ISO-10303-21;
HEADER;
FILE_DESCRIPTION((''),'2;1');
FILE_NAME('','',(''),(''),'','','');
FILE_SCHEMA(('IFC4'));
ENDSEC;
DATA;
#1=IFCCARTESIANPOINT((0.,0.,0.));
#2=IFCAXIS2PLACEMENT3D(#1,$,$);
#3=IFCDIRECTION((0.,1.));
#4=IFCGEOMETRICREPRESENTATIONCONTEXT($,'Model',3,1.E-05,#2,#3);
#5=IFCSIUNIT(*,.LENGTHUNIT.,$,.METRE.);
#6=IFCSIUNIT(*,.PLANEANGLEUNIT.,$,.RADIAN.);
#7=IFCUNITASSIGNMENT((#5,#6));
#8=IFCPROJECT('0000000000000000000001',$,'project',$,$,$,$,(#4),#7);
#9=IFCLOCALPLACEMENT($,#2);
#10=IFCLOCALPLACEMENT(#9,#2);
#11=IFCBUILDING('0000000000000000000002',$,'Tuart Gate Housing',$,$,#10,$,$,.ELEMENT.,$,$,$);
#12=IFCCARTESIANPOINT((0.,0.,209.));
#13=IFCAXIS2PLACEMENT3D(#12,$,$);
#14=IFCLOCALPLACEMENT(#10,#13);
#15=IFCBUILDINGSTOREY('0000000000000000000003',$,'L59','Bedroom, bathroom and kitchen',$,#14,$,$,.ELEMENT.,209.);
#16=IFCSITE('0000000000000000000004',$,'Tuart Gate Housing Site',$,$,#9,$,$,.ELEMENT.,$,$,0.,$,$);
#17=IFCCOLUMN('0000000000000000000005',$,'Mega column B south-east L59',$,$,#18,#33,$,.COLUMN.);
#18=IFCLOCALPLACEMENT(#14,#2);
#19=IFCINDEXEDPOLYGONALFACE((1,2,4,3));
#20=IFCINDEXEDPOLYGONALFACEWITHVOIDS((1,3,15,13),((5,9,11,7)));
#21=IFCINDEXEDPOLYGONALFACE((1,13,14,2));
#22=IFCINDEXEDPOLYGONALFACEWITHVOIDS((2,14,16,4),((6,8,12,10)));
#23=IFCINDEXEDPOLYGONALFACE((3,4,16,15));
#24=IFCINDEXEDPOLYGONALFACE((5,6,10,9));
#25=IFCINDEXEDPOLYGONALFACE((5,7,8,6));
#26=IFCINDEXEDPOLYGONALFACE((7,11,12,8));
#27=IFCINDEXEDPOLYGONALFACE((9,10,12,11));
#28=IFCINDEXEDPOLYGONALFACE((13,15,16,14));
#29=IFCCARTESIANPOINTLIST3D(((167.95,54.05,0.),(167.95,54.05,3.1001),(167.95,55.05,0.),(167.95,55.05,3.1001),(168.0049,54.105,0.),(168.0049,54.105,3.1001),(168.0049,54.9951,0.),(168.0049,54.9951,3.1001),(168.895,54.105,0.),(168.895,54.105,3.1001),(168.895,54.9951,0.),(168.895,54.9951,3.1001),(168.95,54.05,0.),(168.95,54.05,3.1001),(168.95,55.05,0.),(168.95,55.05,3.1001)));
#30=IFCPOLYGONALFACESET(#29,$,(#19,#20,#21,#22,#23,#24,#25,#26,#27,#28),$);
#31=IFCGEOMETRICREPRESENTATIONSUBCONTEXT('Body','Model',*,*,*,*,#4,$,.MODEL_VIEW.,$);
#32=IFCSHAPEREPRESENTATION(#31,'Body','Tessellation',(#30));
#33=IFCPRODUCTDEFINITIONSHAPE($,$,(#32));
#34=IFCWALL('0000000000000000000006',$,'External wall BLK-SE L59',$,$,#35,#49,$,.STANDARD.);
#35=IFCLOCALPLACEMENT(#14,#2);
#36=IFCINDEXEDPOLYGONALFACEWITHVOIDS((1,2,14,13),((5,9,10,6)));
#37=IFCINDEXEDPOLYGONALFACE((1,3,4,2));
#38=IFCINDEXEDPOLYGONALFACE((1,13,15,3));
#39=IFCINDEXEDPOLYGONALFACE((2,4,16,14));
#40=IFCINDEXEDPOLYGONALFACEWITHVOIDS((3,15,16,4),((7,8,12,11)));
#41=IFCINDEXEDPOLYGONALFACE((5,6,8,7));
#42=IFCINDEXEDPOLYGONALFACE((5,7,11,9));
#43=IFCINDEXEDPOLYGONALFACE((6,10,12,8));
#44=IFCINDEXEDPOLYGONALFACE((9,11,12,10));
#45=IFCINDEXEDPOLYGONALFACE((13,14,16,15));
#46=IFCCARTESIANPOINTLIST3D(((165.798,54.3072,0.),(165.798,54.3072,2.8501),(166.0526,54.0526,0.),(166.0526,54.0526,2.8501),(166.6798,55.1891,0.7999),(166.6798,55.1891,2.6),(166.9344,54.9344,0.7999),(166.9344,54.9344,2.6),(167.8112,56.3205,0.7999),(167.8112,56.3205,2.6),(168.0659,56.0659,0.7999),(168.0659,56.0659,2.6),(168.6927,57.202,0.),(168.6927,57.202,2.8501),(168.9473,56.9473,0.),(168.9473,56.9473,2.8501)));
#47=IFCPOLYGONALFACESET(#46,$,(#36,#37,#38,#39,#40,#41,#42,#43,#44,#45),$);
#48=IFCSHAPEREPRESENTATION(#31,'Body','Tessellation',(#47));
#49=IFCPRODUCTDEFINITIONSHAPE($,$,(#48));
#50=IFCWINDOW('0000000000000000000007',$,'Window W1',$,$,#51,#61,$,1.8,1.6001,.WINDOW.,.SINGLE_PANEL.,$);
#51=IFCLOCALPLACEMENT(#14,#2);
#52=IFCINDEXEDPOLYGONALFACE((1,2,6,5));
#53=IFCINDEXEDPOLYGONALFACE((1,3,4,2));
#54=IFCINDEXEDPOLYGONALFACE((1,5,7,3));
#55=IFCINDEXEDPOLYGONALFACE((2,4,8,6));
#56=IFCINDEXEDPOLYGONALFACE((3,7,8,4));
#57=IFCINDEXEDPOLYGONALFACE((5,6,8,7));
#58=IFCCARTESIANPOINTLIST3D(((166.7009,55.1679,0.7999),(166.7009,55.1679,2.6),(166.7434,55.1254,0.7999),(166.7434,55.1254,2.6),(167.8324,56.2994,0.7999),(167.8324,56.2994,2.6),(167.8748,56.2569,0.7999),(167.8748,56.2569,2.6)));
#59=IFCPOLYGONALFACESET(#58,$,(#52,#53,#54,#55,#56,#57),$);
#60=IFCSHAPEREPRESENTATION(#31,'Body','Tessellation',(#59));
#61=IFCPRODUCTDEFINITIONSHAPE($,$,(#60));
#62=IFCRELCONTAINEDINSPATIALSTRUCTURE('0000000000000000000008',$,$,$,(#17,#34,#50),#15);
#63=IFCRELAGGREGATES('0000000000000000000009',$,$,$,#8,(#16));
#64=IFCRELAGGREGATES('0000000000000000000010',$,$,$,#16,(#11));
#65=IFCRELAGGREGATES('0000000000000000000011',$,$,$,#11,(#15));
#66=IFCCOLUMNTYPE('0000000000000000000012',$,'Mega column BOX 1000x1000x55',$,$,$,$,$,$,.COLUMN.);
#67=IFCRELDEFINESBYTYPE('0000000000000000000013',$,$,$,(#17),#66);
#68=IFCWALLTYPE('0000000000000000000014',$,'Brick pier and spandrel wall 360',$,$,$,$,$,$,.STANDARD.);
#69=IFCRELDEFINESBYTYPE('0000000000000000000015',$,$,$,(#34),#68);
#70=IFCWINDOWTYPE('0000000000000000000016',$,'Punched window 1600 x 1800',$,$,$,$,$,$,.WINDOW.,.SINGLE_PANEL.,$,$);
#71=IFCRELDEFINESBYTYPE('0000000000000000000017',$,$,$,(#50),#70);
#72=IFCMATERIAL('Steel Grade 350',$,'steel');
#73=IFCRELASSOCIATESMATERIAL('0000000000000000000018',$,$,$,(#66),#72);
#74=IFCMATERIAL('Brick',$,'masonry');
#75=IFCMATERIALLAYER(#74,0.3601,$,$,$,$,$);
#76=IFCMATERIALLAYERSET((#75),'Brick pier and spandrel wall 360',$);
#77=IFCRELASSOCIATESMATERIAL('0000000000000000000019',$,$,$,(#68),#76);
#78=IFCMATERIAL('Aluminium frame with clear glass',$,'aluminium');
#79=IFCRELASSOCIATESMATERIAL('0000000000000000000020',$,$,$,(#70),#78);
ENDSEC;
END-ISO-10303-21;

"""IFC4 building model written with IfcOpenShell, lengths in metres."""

from ifc_helpers import new_model, si_unit, direction, frame, frame_2d, origin, origin_2d, place, context, subcontext, project, spatial, rectangle, hollow_rectangle, extrude, material, layer, layer_set, material_profile, profile_set, type_object, element, fill, save


model = new_model("IFC4")

# Units and contexts
model_context = context("Model", 3, precision=1e-05, world=origin(), true_north=direction((0.0, 1.0)))
body_context = subcontext(model_context, "Body", "Model", "MODEL_VIEW")
ifc_project = project(units=[si_unit("LENGTHUNIT", "METRE"), si_unit("PLANEANGLEUNIT", "RADIAN")], contexts=[model_context])

# Site, building, storey
site_placement = place(None, origin())
site = spatial("IfcSite", under=ifc_project, at=site_placement, Name="Tuart Gate Housing Site", CompositionType="ELEMENT", RefElevation=0.0)
building_placement = place(site_placement, origin())
building = spatial("IfcBuilding", under=site, at=building_placement, Name="Tuart Gate Housing", CompositionType="ELEMENT")
storey_placement = place(building_placement, frame((0.0, 0.0, 209.0)))
storey = spatial("IfcBuildingStorey", under=building, at=storey_placement, Name="L59", Description="Bedroom, bathroom and kitchen", CompositionType="ELEMENT", Elevation=209.0)

# Column
ifc_material_1 = material(Name="Steel Grade 350", Category="steel")
ifc_material_profile = material_profile(ifc_material_1, hollow_rectangle(XDim=1.0, YDim=1.0, WallThickness=0.0549, at=origin_2d()), Name="BOX 1000x1000x55")
ifc_profile_set = profile_set([ifc_material_profile], Name="Steel Grade 350")
column_type = type_object("IfcColumnType", Name="Mega column BOX 1000x1000x55", PredefinedType="COLUMN", material=ifc_profile_set)
column_placement = place(storey_placement, frame((168.45, 54.55, 0.0), z_axis=(0.0, 0.0, 1.0), x_axis=(1.0, 0.0, 0.0)))
element("IfcColumn", 1, at=column_placement, inside=storey, type_object=column_type, Name="Mega column B south-east L59", PredefinedType="COLUMN", context=body_context, shape_type="SweptSolid", body=[
    extrude(hollow_rectangle(XDim=1.0, YDim=1.0, WallThickness=0.0549, at=origin_2d()), origin(), (0.0, 0.0, 1.0), 3.1001),
])

# Wall, opening, window
ifc_material_2 = material(Name="Brick", Category="masonry")
ifc_layer_1 = layer(ifc_material_2, 0.3601)
ifc_layer_set_1 = layer_set([ifc_layer_1], Name="Brick pier and spandrel wall 360")
wall_type_1 = type_object("IfcWallType", Name="Brick pier and spandrel wall 360", PredefinedType="STANDARD", material=ifc_layer_set_1)
wall_1_placement = place(storey_placement, frame((165.9253, 54.1799, 0.0), z_axis=(0.0, 0.0, 1.0), x_axis=(0.707107, 0.707107, 0.0)))
wall_1 = element("IfcWall", 2, at=wall_1_placement, inside=storey, type_object=wall_type_1, Name="External wall BLK-SE L59", PredefinedType="STANDARD", context=body_context, shape_type="SweptSolid", body=[
    extrude(rectangle(XDim=4.0938, YDim=0.3601, at=frame_2d((2.0469, 0.0))), origin(), (0.0, 0.0, 1.0), 2.8501),
])
opening_1_placement = place(wall_1_placement, frame((1.2471, 0.0, 0.8)))
opening_1 = element("IfcOpeningElement", 3, at=opening_1_placement, cuts=wall_1, PredefinedType="OPENING", context=body_context, shape_type="SweptSolid", body=[
    extrude(rectangle(XDim=1.6001, YDim=1.8, at=frame_2d((0.8, 0.8999))), frame((0.0, 0.1899, 0.0), z_axis=(0.0, -1.0, 0.0), x_axis=(1.0, 0.0, 0.0)), (0.0, 0.0, 1.0), 0.3801),
])
ifc_material_3 = material(Name="Aluminium frame with clear glass", Category="aluminium")
window_type_1 = type_object("IfcWindowType", Name="Punched window 1600 x 1800", PartitioningType="SINGLE_PANEL", PredefinedType="WINDOW", material=ifc_material_3)
window_1_placement = place(opening_1_placement, origin())
window_1 = element("IfcWindow", 4, at=window_1_placement, inside=storey, type_object=window_type_1, Name="Window W1", OverallHeight=1.8, OverallWidth=1.6001, PartitioningType="SINGLE_PANEL", PredefinedType="WINDOW", context=body_context, shape_type="SweptSolid", body=[
    extrude(rectangle(XDim=1.6001, YDim=1.8, at=frame_2d((0.8, 0.8999))), frame((0.0, 0.1501, 0.0), z_axis=(0.0, -1.0, 0.0), x_axis=(1.0, 0.0, 0.0)), (0.0, 0.0, 1.0), 0.0601),
])
fill(opening_1, window_1)

save(model, "model.ifc")
